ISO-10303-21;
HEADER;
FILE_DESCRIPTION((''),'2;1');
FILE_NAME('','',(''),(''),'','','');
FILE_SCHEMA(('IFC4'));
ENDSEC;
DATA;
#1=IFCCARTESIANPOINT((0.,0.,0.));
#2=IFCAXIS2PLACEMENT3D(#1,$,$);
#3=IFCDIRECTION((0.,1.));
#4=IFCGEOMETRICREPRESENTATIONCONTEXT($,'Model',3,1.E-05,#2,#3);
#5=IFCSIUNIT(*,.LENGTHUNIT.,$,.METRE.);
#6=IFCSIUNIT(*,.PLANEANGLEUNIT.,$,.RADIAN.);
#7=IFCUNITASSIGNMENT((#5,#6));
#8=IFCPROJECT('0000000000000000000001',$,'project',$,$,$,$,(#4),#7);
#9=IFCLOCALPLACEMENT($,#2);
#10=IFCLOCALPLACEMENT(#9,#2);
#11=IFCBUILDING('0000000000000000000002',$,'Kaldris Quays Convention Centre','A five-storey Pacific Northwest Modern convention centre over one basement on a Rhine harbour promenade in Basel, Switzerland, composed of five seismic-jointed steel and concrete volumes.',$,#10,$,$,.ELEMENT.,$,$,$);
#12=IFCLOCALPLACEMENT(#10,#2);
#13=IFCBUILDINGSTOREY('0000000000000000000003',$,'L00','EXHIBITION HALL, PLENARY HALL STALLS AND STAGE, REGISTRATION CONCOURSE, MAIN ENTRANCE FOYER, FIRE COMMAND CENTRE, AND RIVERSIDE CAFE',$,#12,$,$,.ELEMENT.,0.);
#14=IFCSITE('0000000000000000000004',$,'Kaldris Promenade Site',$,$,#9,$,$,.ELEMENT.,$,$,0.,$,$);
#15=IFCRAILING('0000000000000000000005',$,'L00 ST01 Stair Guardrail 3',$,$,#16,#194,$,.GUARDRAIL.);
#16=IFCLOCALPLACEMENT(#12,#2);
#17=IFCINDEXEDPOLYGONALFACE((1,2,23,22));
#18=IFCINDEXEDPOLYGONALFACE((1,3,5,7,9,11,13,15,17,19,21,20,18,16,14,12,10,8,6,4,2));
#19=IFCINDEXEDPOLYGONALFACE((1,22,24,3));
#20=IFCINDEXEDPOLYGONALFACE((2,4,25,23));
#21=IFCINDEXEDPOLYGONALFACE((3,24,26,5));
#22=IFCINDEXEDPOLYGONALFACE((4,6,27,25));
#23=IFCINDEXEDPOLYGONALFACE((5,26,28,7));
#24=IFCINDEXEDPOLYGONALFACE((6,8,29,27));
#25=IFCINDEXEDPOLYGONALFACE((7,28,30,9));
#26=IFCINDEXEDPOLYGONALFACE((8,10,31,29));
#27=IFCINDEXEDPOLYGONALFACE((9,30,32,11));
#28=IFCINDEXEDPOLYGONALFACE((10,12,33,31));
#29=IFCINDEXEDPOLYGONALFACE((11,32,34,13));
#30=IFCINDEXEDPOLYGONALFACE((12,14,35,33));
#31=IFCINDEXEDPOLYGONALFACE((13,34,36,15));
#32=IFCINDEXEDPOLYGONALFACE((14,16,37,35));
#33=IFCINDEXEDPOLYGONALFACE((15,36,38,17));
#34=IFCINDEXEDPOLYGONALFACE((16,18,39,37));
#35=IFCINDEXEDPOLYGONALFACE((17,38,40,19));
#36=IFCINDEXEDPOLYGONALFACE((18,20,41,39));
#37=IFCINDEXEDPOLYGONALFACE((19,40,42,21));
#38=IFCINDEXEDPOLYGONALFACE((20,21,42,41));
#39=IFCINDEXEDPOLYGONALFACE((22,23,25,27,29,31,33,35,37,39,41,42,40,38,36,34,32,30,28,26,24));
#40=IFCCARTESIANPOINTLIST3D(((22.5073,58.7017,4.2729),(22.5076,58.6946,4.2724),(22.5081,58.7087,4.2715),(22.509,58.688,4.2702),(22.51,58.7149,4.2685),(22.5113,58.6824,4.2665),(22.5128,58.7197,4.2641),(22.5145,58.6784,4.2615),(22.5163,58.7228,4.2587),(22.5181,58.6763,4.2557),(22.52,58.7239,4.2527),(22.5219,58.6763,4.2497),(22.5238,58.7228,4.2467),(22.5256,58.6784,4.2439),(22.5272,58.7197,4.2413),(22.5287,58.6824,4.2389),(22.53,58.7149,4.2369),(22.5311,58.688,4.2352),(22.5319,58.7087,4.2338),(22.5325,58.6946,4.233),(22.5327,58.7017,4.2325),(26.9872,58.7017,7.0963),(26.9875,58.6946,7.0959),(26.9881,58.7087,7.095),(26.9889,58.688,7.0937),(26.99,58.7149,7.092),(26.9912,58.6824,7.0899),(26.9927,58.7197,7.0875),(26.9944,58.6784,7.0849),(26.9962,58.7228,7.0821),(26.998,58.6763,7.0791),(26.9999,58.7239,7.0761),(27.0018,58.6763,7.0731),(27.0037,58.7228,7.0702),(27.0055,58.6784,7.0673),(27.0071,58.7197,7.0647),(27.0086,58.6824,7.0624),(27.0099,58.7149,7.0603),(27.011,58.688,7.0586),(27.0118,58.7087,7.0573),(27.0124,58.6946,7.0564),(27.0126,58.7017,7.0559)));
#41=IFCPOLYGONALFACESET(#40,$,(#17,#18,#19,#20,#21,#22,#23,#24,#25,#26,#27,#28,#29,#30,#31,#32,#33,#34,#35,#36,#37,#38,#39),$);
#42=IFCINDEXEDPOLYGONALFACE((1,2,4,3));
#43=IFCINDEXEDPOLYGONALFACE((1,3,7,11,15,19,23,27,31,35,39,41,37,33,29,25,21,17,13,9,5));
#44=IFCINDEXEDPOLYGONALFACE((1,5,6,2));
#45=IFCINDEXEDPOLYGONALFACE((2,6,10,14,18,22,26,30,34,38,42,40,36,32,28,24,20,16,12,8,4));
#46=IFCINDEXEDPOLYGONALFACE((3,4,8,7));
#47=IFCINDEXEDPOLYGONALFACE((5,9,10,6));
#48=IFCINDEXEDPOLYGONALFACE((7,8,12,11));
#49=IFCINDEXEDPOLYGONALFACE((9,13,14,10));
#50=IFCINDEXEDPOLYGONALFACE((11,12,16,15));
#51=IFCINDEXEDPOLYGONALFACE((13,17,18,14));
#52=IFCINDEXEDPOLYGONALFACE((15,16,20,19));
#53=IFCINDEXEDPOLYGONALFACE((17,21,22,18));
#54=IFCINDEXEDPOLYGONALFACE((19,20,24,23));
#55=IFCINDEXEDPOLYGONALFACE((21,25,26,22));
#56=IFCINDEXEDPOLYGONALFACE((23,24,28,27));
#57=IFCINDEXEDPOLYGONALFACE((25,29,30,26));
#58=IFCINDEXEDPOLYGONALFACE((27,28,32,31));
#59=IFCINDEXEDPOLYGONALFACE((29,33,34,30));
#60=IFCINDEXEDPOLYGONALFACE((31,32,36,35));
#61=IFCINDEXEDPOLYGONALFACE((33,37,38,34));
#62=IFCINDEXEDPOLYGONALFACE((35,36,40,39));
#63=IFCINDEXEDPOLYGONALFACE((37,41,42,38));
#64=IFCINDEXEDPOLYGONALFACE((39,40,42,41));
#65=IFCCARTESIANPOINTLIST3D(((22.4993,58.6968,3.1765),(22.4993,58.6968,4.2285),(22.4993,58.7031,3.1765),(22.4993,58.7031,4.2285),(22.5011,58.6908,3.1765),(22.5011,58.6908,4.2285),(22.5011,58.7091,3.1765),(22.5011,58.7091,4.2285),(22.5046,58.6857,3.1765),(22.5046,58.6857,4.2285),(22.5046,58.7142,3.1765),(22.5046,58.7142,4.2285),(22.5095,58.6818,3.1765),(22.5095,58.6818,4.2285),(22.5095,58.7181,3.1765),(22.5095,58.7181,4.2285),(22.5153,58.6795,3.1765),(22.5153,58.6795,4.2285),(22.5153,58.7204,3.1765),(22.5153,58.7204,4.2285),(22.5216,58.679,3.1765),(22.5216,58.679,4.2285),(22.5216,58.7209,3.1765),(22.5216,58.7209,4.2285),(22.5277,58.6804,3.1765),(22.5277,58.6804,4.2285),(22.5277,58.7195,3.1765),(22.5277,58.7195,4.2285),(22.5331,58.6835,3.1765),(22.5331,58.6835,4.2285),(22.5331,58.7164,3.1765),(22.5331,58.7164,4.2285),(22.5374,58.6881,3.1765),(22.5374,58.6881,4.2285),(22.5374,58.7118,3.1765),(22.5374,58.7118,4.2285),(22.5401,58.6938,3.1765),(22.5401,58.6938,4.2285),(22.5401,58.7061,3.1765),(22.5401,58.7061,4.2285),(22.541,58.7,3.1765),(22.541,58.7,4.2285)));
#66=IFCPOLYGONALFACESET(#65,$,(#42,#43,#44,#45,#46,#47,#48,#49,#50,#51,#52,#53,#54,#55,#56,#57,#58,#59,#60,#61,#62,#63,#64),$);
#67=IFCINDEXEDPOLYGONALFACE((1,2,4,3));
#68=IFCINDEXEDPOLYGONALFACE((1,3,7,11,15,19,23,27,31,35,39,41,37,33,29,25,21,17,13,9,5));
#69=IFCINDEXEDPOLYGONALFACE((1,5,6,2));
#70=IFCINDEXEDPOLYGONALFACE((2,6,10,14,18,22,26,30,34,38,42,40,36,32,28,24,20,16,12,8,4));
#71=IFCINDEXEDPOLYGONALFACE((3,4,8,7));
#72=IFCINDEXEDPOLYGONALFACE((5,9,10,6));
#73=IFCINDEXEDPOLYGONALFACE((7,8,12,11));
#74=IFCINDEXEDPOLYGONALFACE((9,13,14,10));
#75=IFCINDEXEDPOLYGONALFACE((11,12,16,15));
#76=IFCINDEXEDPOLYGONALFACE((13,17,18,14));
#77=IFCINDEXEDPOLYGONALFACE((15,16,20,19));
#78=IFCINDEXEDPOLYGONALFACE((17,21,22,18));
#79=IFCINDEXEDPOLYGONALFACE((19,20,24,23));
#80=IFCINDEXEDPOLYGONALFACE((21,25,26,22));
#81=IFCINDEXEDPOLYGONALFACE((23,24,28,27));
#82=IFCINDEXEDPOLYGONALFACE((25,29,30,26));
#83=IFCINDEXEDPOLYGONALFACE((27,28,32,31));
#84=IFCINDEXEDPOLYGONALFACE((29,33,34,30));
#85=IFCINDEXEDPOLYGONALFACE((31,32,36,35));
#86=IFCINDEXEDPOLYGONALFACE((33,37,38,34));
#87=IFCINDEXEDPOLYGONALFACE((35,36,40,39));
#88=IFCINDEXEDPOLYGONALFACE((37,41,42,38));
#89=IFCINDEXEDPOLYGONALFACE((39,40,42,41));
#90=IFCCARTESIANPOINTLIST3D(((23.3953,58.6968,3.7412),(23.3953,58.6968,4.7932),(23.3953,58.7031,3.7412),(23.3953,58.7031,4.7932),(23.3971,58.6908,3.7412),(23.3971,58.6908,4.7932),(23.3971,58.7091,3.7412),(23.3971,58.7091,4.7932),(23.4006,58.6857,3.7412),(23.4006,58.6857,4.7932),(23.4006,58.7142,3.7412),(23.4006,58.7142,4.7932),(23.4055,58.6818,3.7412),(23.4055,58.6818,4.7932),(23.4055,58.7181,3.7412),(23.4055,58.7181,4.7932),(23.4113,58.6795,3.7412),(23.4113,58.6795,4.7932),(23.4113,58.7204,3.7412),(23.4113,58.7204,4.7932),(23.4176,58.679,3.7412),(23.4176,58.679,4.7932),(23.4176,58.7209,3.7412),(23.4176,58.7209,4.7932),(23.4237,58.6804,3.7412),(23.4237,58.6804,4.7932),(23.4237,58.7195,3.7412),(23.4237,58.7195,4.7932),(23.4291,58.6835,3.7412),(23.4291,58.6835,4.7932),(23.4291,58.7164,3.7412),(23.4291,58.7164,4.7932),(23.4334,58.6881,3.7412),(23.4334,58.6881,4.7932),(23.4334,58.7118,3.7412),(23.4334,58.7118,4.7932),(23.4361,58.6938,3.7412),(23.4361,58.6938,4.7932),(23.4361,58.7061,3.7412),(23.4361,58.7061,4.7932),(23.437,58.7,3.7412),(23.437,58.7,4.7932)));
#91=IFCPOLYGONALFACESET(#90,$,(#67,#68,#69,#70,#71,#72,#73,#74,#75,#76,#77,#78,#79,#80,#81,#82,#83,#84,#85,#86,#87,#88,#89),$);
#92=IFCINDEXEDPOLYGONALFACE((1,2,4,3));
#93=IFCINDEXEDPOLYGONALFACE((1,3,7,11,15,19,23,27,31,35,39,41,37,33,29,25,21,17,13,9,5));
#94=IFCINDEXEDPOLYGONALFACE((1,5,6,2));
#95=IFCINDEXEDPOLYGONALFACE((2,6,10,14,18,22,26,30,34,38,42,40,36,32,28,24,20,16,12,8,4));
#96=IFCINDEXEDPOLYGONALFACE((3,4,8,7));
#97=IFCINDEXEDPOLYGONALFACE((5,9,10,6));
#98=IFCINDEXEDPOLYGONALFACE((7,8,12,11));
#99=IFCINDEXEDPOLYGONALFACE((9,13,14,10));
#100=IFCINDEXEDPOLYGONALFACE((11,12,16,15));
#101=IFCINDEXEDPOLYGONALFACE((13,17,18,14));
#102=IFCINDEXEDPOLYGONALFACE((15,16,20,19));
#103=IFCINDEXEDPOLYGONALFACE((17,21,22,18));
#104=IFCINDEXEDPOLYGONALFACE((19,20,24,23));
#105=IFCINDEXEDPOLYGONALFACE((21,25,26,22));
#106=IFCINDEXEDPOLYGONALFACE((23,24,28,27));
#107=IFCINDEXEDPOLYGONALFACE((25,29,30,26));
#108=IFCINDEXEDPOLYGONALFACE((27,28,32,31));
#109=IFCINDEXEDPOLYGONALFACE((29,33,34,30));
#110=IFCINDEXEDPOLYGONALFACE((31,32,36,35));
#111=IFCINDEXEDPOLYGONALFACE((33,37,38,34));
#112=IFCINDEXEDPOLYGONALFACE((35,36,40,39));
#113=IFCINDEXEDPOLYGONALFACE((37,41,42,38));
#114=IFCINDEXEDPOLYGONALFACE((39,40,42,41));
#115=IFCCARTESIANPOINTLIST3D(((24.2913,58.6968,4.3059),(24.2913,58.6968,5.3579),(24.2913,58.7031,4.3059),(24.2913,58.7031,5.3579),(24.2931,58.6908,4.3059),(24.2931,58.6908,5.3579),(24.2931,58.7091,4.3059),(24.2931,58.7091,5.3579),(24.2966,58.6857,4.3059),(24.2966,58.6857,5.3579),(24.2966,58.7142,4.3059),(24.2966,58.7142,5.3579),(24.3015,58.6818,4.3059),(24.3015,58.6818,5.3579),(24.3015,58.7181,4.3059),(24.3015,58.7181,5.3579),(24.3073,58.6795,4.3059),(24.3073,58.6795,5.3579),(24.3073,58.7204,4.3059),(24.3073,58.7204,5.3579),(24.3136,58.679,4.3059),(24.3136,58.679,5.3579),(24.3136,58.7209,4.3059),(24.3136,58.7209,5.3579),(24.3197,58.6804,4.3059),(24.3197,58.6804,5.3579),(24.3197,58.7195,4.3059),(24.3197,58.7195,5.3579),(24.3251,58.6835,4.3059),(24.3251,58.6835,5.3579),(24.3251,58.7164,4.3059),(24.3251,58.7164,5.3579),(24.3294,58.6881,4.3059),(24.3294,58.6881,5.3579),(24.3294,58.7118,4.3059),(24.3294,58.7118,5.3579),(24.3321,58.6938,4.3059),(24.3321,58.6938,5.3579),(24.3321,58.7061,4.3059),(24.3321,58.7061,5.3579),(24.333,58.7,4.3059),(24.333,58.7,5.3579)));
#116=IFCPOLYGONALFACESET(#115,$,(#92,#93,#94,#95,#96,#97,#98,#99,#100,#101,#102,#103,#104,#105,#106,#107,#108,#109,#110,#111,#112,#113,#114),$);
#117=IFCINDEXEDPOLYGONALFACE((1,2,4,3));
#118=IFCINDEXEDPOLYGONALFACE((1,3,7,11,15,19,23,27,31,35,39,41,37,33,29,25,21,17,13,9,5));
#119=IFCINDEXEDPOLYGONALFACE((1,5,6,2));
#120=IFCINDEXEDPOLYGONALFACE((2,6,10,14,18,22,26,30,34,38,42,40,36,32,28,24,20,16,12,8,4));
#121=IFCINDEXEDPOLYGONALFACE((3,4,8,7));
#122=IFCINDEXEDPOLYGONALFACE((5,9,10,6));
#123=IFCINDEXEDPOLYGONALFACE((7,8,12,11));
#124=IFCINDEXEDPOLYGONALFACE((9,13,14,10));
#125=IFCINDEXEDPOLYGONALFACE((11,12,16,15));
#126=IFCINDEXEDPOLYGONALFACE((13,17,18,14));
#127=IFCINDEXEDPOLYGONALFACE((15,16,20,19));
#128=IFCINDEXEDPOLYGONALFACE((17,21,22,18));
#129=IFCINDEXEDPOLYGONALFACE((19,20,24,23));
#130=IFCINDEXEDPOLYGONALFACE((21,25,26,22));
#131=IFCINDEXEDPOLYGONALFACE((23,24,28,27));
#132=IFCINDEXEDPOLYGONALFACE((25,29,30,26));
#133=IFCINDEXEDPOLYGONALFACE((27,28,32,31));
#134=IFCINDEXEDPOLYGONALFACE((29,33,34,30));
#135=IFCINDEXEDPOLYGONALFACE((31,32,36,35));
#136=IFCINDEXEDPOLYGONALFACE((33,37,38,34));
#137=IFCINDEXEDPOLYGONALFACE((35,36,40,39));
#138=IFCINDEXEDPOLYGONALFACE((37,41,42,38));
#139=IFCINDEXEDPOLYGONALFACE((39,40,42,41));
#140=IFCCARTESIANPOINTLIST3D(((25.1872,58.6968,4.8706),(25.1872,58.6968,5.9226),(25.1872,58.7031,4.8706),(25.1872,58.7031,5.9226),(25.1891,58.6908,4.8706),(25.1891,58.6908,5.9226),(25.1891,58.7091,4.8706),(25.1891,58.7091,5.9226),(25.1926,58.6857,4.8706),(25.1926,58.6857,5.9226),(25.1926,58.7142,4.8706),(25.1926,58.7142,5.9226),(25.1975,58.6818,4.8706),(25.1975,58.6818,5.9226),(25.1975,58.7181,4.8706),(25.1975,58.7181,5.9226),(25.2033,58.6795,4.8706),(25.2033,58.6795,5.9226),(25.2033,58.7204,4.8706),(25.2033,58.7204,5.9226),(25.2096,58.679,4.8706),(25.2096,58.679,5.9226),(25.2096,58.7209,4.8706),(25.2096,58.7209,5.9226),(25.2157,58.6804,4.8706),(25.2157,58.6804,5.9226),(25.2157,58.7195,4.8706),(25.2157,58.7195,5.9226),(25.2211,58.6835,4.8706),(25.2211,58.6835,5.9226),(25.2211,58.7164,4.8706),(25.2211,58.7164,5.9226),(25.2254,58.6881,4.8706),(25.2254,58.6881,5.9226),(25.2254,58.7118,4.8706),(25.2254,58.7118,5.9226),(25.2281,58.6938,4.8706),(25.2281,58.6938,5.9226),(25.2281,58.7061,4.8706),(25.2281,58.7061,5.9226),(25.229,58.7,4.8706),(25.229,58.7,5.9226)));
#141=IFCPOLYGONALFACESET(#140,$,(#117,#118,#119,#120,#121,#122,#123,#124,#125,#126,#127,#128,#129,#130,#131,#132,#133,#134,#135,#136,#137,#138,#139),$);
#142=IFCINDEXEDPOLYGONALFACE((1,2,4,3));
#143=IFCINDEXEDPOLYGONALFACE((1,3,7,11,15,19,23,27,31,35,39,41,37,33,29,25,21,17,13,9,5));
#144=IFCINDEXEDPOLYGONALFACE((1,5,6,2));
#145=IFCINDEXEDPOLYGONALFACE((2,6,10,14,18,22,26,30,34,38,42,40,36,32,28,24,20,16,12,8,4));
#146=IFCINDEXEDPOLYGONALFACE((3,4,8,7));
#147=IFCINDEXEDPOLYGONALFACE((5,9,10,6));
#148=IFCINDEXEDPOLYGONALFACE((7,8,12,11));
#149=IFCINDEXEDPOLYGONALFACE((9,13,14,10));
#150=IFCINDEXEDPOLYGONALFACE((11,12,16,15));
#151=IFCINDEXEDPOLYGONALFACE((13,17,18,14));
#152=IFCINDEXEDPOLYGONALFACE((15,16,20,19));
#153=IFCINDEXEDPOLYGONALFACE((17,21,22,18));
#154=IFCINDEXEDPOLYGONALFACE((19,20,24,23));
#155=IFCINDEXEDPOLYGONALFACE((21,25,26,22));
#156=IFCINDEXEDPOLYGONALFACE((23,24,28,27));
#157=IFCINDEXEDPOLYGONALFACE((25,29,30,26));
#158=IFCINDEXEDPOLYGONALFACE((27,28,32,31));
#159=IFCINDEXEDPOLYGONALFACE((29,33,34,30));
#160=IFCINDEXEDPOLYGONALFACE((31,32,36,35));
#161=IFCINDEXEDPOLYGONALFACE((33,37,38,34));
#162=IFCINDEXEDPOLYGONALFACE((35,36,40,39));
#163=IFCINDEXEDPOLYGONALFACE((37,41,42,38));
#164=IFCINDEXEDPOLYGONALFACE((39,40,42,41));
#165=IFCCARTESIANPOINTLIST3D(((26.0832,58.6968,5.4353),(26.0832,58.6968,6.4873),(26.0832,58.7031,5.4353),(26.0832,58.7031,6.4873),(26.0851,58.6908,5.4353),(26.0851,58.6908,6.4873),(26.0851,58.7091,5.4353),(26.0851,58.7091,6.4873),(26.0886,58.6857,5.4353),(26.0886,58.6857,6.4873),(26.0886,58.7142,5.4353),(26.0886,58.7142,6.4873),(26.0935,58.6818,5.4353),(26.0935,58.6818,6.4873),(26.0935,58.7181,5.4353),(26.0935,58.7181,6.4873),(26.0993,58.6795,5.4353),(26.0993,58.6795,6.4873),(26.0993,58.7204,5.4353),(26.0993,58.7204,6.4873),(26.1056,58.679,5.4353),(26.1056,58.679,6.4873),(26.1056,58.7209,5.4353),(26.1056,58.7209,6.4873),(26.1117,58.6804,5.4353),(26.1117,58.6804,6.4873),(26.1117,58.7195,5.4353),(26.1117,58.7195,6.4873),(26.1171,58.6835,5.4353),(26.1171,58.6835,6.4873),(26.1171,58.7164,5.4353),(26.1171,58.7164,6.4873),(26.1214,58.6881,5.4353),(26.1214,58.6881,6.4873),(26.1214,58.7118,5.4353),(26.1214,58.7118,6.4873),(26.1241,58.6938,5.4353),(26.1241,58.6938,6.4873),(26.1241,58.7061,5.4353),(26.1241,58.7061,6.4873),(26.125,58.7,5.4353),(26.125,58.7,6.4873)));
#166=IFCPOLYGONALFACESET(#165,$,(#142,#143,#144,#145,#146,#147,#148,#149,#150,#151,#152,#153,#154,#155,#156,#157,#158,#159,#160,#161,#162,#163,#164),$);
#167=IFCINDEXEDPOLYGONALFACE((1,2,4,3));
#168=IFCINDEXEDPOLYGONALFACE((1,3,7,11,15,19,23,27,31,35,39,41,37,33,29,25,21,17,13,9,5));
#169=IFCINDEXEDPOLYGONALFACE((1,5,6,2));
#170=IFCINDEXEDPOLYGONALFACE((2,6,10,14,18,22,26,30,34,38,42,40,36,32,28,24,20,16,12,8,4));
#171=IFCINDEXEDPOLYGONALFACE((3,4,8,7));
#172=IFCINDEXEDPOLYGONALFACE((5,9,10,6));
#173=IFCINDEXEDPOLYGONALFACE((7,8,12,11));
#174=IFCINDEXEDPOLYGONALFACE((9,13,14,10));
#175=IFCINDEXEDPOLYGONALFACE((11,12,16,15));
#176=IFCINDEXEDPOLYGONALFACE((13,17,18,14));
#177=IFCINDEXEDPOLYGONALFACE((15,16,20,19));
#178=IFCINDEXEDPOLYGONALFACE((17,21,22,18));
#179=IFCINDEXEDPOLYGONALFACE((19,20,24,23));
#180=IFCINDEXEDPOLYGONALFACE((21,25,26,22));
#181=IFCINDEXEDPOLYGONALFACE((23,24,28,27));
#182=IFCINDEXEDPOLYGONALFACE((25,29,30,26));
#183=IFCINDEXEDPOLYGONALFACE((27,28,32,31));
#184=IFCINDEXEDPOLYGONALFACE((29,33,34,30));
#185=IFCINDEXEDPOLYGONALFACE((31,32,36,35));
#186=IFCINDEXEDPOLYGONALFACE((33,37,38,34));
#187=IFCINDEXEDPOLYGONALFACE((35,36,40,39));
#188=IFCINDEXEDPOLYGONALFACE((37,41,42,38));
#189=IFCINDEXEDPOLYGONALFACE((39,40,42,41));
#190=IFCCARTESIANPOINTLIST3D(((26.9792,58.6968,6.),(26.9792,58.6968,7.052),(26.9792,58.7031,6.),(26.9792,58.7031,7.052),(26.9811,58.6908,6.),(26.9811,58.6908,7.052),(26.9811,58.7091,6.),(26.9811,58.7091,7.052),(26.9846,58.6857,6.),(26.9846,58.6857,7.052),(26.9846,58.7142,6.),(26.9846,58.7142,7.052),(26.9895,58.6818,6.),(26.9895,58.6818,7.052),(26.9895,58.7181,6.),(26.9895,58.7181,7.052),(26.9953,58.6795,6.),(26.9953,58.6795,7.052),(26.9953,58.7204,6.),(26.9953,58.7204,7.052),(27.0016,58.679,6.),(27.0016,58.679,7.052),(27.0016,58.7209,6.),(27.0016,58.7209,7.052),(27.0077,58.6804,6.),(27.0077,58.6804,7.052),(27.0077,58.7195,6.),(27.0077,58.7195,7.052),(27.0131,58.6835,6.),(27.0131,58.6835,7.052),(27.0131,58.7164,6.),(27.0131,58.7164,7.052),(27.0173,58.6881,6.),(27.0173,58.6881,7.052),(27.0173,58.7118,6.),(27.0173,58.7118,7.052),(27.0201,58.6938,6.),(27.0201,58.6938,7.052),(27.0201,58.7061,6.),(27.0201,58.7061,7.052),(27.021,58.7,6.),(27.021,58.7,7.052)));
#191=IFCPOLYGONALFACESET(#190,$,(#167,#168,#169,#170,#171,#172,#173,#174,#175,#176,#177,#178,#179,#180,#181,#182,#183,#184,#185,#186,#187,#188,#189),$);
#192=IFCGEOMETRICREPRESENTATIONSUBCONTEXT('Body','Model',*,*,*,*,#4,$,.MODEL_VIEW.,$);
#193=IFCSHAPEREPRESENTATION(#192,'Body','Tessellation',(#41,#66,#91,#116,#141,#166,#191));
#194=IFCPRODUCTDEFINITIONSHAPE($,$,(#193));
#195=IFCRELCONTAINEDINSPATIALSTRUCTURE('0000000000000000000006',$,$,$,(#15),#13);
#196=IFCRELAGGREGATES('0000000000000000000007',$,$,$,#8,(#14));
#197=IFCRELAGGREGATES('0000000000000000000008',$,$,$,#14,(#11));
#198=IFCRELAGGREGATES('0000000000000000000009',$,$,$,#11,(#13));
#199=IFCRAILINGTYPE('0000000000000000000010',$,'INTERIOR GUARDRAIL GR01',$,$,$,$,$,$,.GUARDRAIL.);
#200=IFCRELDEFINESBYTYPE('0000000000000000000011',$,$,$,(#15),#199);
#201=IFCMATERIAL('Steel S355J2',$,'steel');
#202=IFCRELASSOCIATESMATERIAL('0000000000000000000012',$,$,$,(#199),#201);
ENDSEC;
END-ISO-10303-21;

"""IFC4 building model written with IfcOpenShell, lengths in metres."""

from ifc_helpers import new_model, si_unit, direction, frame, origin, origin_2d, place, context, subcontext, project, spatial, circle, extrude, material, type_object, element, save


model = new_model("IFC4")

# Units and contexts
model_context = context("Model", 3, precision=1e-05, world=origin(), true_north=direction((0.0, 1.0)))
body_context = subcontext(model_context, "Body", "Model", "MODEL_VIEW")
ifc_project = project(units=[si_unit("LENGTHUNIT", "METRE"), si_unit("PLANEANGLEUNIT", "RADIAN")], contexts=[model_context])

# Site, building, storey
site_placement = place(None, origin())
site = spatial("IfcSite", under=ifc_project, at=site_placement, Name="Kaldris Promenade Site", CompositionType="ELEMENT", RefElevation=0.0)
building_placement = place(site_placement, origin())
building = spatial("IfcBuilding", under=site, at=building_placement, Name="Kaldris Quays Convention Centre", Description="A five-storey Pacific Northwest Modern convention centre over one basement on a Rhine harbour promenade in Basel, Switzerland, composed of five seismic-jointed steel and concrete volumes.", CompositionType="ELEMENT")
storey_placement = place(building_placement, origin())
storey = spatial("IfcBuildingStorey", under=building, at=storey_placement, Name="L00", Description="EXHIBITION HALL, PLENARY HALL STALLS AND STAGE, REGISTRATION CONCOURSE, MAIN ENTRANCE FOYER, FIRE COMMAND CENTRE, AND RIVERSIDE CAFE", CompositionType="ELEMENT", Elevation=0.0)

# Shared definitions
ifc_material_1 = material(Name="Steel S355J2", Category="steel")

# Railing
railing_type_1 = type_object("IfcRailingType", Name="INTERIOR GUARDRAIL GR01", PredefinedType="GUARDRAIL", material=ifc_material_1)
railing_1_placement = place(storey_placement, frame((22.52, 58.7, 3.1765)))
element("IfcRailing", 1, at=railing_1_placement, inside=storey, type_object=railing_type_1, Name="L00 ST01 Stair Guardrail 3", PredefinedType="GUARDRAIL", context=body_context, shape_type="SweptSolid", body=[
    extrude(circle(Radius=0.0239, at=origin_2d()), frame((0.0, 0.0, 1.0762), z_axis=(0.845998, 0.0, 0.533186), x_axis=(0.0, 1.0, 0.0)), (0.0, 0.0, 1.0), 5.2954),
    extrude(circle(Radius=0.021, at=origin_2d()), origin(), (0.0, 0.0, 1.0), 1.052),
    extrude(circle(Radius=0.021, at=origin_2d()), frame((0.896, 0.0, 0.5647)), (0.0, 0.0, 1.0), 1.052),
    extrude(circle(Radius=0.021, at=origin_2d()), frame((1.792, 0.0, 1.1294)), (0.0, 0.0, 1.0), 1.052),
    extrude(circle(Radius=0.021, at=origin_2d()), frame((2.688, 0.0, 1.6941)), (0.0, 0.0, 1.0), 1.052),
    extrude(circle(Radius=0.021, at=origin_2d()), frame((3.584, 0.0, 2.2588)), (0.0, 0.0, 1.0), 1.052),
    extrude(circle(Radius=0.021, at=origin_2d()), frame((4.48, 0.0, 2.8235)), (0.0, 0.0, 1.0), 1.052),
])

save(model, "model.ifc")
